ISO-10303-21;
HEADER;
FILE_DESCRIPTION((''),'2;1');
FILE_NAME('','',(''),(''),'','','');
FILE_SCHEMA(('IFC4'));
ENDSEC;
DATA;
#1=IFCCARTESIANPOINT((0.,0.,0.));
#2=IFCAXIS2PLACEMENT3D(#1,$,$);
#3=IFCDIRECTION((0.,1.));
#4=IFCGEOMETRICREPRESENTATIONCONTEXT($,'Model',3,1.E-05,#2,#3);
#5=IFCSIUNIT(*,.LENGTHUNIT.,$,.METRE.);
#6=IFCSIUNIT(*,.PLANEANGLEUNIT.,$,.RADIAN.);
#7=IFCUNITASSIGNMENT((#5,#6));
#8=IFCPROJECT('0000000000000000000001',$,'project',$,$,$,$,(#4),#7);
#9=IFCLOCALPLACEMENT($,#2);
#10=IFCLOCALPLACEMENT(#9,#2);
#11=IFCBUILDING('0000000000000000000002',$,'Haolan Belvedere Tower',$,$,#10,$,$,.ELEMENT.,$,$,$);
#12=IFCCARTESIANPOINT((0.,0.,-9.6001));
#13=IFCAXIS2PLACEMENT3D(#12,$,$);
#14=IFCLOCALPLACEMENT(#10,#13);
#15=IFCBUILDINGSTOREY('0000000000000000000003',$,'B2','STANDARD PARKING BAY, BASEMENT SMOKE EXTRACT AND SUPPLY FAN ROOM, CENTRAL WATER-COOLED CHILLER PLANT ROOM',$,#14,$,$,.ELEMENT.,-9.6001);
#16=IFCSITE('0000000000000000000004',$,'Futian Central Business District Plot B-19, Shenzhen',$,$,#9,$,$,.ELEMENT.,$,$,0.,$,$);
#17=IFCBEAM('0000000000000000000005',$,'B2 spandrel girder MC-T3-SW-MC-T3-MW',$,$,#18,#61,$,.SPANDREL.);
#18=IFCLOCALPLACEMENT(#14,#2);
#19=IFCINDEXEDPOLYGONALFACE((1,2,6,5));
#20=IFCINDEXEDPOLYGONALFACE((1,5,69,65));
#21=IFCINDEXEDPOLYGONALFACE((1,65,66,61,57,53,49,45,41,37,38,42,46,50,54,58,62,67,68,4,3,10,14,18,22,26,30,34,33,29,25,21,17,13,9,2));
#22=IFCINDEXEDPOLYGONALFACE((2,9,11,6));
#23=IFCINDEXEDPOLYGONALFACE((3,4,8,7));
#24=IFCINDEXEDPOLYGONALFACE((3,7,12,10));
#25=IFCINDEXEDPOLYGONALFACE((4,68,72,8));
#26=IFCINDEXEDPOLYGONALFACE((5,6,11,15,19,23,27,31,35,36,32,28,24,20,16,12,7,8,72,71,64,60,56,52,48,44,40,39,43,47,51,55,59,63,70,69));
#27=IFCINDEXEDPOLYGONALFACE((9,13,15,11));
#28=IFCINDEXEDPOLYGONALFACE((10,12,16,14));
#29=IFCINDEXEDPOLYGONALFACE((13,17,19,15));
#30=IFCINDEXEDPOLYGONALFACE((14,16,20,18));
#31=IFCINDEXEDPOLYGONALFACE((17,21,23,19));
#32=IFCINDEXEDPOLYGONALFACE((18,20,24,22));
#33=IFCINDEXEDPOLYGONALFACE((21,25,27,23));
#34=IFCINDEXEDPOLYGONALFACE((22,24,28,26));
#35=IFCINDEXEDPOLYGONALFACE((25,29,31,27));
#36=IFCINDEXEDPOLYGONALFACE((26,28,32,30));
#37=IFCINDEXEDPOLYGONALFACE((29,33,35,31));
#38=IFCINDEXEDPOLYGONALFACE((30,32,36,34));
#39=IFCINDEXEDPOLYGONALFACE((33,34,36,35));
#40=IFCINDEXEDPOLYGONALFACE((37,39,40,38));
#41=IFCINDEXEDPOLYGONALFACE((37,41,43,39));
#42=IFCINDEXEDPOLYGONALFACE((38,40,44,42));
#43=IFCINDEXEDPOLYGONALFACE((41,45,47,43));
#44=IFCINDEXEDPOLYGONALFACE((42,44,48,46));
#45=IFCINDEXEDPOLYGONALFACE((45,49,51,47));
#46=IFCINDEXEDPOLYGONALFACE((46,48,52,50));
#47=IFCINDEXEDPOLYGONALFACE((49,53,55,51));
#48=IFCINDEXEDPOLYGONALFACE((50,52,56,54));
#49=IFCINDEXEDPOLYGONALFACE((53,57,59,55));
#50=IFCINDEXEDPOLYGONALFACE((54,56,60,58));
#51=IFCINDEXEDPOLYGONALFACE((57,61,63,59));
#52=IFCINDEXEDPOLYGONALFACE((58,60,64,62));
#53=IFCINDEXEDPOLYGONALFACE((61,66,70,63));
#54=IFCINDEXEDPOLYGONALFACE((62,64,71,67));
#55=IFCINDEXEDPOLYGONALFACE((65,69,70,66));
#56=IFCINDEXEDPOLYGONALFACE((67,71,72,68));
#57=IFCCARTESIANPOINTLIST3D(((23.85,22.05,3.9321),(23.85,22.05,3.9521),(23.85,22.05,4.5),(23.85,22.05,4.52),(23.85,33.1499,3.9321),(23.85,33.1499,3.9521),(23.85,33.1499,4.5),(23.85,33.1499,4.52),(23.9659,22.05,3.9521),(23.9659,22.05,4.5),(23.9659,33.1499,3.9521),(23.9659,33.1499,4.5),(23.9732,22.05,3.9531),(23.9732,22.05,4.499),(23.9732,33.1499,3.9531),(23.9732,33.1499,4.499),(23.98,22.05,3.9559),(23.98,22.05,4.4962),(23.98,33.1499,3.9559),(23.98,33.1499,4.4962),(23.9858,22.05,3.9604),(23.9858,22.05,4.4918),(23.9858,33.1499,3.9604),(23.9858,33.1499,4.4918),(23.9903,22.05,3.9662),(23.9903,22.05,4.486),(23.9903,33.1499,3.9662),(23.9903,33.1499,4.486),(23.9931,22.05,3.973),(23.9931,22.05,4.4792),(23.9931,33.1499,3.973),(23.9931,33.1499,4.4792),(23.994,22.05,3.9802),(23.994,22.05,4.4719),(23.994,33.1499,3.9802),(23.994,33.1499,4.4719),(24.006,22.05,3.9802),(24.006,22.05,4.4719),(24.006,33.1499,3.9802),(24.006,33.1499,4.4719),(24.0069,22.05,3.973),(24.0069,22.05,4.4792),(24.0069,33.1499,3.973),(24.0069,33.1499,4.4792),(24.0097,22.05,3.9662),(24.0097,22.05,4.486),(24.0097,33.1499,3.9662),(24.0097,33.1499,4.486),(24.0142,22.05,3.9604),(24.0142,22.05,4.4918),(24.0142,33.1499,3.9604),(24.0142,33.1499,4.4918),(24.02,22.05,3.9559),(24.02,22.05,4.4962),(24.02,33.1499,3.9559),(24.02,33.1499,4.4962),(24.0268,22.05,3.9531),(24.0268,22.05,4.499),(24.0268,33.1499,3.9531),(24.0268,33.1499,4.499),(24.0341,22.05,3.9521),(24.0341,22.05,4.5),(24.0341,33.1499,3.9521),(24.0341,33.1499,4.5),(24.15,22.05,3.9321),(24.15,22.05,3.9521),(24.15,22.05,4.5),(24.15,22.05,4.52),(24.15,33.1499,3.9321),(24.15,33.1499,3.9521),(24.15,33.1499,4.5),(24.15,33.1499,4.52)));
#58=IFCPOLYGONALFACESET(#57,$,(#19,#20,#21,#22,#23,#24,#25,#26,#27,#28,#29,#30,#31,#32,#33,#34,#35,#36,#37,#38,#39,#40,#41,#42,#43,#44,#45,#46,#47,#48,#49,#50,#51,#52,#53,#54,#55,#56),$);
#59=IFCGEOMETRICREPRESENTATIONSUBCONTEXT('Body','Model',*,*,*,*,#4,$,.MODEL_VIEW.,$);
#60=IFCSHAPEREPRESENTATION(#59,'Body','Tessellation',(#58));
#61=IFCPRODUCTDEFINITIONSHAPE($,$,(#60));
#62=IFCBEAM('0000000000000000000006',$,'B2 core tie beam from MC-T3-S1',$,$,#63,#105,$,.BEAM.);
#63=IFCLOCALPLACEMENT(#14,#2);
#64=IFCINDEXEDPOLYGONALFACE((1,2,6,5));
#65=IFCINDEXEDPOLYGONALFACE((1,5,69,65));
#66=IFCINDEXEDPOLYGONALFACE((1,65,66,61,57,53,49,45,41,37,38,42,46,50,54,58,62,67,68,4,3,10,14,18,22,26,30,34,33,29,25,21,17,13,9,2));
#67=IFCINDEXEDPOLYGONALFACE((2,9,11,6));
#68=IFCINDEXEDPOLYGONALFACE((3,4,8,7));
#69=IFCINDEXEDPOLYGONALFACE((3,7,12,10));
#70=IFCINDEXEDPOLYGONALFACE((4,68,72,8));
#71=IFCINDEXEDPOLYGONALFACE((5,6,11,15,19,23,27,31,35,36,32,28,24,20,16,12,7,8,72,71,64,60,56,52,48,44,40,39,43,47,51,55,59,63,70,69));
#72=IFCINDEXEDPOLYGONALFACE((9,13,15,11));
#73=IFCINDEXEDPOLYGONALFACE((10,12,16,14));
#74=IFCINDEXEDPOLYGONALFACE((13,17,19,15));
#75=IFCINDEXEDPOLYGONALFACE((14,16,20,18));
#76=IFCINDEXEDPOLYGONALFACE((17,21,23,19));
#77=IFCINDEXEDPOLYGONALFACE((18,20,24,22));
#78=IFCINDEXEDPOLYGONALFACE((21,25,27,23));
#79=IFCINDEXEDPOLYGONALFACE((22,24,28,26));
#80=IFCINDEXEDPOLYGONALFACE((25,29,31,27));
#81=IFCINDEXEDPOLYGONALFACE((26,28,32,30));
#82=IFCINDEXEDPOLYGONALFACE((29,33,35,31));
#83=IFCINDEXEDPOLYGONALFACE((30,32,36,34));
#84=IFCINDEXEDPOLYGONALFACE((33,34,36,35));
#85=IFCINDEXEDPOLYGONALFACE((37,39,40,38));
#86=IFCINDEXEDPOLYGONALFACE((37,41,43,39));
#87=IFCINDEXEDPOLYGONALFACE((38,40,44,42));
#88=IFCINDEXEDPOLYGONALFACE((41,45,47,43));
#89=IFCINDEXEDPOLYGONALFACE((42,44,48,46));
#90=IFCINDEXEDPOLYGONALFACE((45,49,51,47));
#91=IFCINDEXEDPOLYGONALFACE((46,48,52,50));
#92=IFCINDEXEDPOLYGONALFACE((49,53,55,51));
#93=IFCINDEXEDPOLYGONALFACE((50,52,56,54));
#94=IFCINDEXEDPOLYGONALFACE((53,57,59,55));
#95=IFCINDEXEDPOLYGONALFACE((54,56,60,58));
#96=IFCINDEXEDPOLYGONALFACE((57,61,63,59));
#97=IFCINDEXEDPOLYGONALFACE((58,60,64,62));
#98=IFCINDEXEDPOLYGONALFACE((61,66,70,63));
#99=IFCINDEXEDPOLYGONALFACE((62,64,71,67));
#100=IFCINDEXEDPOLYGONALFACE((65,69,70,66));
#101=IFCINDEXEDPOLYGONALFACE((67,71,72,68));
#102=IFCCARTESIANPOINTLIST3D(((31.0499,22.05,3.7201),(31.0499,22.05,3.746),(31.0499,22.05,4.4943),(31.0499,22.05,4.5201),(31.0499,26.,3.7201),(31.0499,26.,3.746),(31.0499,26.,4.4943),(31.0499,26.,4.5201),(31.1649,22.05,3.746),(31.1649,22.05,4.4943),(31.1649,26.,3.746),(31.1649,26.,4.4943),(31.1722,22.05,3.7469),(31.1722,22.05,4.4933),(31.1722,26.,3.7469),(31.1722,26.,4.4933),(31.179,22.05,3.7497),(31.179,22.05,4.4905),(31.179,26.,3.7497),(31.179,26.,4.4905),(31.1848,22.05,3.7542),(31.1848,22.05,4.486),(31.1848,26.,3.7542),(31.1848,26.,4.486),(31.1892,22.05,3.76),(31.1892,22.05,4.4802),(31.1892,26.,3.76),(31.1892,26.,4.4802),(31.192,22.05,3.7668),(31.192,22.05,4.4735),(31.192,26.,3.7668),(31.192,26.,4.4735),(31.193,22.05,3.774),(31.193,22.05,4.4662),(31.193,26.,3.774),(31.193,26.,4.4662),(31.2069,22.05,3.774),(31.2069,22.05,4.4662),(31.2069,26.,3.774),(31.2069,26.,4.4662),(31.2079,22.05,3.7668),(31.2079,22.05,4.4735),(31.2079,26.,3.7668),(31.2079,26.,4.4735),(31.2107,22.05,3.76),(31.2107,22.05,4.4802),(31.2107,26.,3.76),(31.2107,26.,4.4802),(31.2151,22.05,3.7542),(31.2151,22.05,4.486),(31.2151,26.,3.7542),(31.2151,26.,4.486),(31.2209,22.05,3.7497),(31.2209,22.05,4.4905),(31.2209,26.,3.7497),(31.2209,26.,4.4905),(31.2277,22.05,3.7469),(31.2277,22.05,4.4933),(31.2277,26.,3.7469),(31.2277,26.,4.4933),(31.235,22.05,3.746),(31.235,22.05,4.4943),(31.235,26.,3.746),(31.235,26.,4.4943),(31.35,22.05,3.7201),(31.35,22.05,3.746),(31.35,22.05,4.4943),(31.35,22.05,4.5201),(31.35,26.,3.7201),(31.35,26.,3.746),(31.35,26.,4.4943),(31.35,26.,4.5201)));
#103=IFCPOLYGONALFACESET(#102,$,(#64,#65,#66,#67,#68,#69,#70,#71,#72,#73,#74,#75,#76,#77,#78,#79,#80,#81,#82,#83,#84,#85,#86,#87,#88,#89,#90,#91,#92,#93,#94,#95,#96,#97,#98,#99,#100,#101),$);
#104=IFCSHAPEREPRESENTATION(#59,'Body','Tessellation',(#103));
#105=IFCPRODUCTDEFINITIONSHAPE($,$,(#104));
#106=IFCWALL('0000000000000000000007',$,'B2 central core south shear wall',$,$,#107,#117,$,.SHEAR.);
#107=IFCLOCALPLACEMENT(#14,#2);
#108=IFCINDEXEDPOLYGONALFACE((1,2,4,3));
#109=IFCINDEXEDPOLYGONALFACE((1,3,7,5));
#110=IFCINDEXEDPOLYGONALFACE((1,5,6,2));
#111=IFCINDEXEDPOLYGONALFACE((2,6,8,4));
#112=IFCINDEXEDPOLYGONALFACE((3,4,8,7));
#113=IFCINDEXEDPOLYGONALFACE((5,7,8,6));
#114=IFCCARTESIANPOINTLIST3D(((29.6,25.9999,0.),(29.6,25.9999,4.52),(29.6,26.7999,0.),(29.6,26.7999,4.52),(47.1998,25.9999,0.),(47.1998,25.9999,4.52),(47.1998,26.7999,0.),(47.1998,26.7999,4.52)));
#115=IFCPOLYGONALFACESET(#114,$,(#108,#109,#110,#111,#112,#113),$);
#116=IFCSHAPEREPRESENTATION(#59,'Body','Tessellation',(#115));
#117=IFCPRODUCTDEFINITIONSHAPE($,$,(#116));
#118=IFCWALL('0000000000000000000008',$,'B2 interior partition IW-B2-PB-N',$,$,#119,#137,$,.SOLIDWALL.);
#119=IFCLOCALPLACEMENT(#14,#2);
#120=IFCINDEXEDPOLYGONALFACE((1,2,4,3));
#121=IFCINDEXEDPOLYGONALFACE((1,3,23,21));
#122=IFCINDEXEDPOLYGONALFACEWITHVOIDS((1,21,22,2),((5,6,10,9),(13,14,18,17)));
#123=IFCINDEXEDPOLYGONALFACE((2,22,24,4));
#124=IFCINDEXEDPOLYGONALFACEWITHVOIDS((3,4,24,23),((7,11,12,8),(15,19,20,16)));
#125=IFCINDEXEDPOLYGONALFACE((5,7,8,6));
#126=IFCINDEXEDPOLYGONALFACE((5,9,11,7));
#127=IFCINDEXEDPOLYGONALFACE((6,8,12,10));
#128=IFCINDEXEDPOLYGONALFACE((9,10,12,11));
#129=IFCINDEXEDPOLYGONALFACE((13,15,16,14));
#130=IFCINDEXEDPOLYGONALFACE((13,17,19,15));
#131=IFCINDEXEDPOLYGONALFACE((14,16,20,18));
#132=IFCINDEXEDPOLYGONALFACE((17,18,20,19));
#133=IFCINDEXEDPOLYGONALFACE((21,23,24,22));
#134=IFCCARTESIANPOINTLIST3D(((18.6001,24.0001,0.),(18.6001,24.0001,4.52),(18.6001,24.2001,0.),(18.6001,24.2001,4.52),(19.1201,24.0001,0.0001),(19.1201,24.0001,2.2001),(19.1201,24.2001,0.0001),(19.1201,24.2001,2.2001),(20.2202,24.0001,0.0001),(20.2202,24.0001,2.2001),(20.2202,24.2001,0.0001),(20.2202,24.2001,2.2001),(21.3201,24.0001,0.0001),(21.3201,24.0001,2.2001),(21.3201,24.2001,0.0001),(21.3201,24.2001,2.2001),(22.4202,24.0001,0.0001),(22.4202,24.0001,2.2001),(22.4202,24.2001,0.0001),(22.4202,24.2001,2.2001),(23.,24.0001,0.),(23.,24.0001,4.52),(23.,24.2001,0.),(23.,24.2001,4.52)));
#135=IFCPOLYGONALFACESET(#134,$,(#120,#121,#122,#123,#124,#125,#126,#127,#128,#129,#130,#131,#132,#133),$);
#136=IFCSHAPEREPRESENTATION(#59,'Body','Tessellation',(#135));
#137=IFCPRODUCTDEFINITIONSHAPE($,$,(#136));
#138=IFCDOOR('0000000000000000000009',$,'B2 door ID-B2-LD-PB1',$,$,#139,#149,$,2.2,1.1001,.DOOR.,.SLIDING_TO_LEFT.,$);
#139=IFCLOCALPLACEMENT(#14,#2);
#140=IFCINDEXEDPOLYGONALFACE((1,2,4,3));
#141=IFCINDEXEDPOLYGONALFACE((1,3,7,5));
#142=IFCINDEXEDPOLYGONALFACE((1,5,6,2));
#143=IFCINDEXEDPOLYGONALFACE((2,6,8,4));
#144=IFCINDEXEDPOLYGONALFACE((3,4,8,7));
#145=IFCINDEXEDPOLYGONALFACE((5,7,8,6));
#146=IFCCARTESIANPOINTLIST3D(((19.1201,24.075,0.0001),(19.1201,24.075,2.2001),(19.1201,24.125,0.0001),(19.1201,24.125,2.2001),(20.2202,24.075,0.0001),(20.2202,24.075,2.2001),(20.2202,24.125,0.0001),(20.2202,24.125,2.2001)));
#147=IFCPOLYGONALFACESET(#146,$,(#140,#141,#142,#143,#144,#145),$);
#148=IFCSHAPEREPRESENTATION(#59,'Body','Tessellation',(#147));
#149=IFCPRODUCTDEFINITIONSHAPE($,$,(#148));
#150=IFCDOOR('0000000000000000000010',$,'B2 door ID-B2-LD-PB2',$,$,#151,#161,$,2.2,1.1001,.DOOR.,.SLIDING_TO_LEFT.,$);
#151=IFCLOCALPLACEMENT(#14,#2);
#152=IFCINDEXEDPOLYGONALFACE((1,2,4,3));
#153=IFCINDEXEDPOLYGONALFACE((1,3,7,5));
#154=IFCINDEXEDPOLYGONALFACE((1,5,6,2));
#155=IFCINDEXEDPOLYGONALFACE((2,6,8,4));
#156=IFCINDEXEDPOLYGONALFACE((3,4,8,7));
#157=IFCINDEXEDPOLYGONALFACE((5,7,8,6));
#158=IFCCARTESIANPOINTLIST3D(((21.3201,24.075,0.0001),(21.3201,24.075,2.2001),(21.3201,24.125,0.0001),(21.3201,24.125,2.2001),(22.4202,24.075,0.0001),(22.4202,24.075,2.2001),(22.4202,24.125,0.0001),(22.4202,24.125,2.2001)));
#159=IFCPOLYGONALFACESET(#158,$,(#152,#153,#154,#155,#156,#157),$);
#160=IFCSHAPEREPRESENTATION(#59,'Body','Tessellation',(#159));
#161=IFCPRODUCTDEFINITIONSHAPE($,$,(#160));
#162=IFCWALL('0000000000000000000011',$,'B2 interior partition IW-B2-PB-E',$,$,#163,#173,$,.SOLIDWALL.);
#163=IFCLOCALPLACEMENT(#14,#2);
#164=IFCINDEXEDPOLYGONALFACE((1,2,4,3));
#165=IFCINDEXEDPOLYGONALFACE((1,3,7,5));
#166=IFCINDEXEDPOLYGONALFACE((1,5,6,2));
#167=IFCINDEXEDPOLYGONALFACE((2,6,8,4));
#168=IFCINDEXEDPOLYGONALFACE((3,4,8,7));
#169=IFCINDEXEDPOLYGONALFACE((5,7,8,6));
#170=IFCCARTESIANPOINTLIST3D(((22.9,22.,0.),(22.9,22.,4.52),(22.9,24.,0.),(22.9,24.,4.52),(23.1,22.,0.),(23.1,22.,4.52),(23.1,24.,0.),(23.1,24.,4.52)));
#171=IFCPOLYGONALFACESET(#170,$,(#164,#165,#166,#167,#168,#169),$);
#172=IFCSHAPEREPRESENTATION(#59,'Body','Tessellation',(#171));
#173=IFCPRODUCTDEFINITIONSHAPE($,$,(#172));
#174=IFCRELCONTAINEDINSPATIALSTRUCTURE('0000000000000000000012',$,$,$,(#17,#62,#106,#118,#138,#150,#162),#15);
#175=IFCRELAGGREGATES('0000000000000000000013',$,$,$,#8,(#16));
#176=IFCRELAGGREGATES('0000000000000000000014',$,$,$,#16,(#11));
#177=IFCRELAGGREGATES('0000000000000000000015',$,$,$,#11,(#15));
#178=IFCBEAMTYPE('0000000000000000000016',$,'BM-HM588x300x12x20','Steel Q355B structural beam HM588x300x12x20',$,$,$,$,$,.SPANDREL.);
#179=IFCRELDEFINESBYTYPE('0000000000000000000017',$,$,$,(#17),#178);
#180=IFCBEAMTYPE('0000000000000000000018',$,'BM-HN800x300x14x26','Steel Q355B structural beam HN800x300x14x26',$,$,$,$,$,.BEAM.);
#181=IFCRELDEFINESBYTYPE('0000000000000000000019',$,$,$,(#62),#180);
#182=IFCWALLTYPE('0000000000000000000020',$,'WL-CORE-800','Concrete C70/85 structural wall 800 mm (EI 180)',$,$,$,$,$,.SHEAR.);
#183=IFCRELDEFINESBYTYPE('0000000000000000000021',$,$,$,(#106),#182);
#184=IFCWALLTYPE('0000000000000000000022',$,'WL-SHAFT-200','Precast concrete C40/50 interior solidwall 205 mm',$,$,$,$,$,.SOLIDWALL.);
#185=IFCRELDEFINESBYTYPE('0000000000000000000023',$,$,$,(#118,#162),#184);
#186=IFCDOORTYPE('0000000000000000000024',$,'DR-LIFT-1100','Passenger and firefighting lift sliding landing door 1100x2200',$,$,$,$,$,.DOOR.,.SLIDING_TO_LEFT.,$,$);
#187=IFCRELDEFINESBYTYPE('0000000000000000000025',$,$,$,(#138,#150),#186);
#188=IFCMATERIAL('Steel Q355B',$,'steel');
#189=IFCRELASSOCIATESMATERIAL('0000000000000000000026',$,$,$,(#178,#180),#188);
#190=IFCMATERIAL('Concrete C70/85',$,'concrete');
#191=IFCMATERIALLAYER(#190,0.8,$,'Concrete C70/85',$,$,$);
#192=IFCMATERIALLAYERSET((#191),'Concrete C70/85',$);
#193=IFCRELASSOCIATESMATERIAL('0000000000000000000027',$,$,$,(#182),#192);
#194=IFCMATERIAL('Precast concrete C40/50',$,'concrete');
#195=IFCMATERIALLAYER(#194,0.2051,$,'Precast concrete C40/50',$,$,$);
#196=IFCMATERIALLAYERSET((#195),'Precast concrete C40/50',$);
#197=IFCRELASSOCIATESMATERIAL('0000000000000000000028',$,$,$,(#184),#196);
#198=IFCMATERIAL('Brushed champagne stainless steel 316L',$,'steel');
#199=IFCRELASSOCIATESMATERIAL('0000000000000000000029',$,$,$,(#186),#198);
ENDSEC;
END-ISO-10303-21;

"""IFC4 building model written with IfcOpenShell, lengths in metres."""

from ifc_helpers import new_model, si_unit, direction, frame, frame_2d, origin, origin_2d, place, context, subcontext, project, spatial, rectangle, i_section, extrude, material, layer, layer_set, material_profile, profile_set, type_object, element, fill, save


model = new_model("IFC4")

# Units and contexts
model_context = context("Model", 3, precision=1e-05, world=origin(), true_north=direction((0.0, 1.0)))
body_context = subcontext(model_context, "Body", "Model", "MODEL_VIEW")
ifc_project = project(units=[si_unit("LENGTHUNIT", "METRE"), si_unit("PLANEANGLEUNIT", "RADIAN")], contexts=[model_context])

# Site, building, storey
site_placement = place(None, origin())
site = spatial("IfcSite", under=ifc_project, at=site_placement, Name="Futian Central Business District Plot B-19, Shenzhen", CompositionType="ELEMENT", RefElevation=0.0)
building_placement = place(site_placement, origin())
building = spatial("IfcBuilding", under=site, at=building_placement, Name="Haolan Belvedere Tower", CompositionType="ELEMENT")
storey_placement = place(building_placement, frame((0.0, 0.0, -9.6001)))
storey = spatial("IfcBuildingStorey", under=building, at=storey_placement, Name="B2", Description="STANDARD PARKING BAY, BASEMENT SMOKE EXTRACT AND SUPPLY FAN ROOM, CENTRAL WATER-COOLED CHILLER PLANT ROOM", CompositionType="ELEMENT", Elevation=-9.6001)

# Beams
ifc_material_1 = material(Name="Steel Q355B", Category="steel")
ifc_material_profile_1 = material_profile(ifc_material_1, i_section(OverallWidth=0.3, OverallDepth=0.5879, WebThickness=0.012, FlangeThickness=0.02, FilletRadius=0.0281, at=origin_2d()), Name="Steel Q355B")
ifc_profile_set_1 = profile_set([ifc_material_profile_1], Name="Steel Q355B")
beam_type_1 = type_object("IfcBeamType", Name="BM-HM588x300x12x20", Description="Steel Q355B structural beam HM588x300x12x20", PredefinedType="SPANDREL", material=ifc_profile_set_1)
beam_1_placement = place(storey_placement, frame((24.0, 22.05, 4.2261), z_axis=(0.0, 1.0, 0.0), x_axis=(-1.0, 0.0, 0.0)))
element("IfcBeam", 1, at=beam_1_placement, inside=storey, type_object=beam_type_1, Name="B2 spandrel girder MC-T3-SW-MC-T3-MW", PredefinedType="SPANDREL", context=body_context, shape_type="SweptSolid", body=[
    extrude(i_section(OverallWidth=0.3, OverallDepth=0.5879, WebThickness=0.012, FlangeThickness=0.02, FilletRadius=0.0281, at=origin_2d()), origin(), (0.0, 0.0, 1.0), 11.0999),
])
ifc_material_profile_2 = material_profile(ifc_material_1, i_section(OverallWidth=0.3, OverallDepth=0.8, WebThickness=0.0139, FlangeThickness=0.0259, FilletRadius=0.0281, at=origin_2d()), Name="Steel Q355B")
ifc_profile_set_2 = profile_set([ifc_material_profile_2], Name="Steel Q355B")
beam_type_2 = type_object("IfcBeamType", Name="BM-HN800x300x14x26", Description="Steel Q355B structural beam HN800x300x14x26", PredefinedType="BEAM", material=ifc_profile_set_2)
beam_2_placement = place(storey_placement, frame((31.2, 22.05, 4.1201), z_axis=(0.0, 1.0, 0.0), x_axis=(-1.0, 0.0, 0.0)))
element("IfcBeam", 2, at=beam_2_placement, inside=storey, type_object=beam_type_2, Name="B2 core tie beam from MC-T3-S1", PredefinedType="BEAM", context=body_context, shape_type="SweptSolid", body=[
    extrude(i_section(OverallWidth=0.3, OverallDepth=0.8, WebThickness=0.0139, FlangeThickness=0.0259, FilletRadius=0.0281, at=origin_2d()), origin(), (0.0, 0.0, 1.0), 3.95),
])

# Wall
ifc_material_2 = material(Name="Concrete C70/85", Category="concrete")
ifc_layer_1 = layer(ifc_material_2, 0.8, Name="Concrete C70/85")
ifc_layer_set_1 = layer_set([ifc_layer_1], Name="Concrete C70/85")
wall_type_1 = type_object("IfcWallType", Name="WL-CORE-800", Description="Concrete C70/85 structural wall 800 mm (EI 180)", PredefinedType="SHEAR", material=ifc_layer_set_1)
wall_1_placement = place(storey_placement, frame((29.6001, 26.3999, 0.0), z_axis=(0.0, 0.0, 1.0), x_axis=(1.0, 0.0, 0.0)))
element("IfcWall", 3, at=wall_1_placement, inside=storey, type_object=wall_type_1, Name="B2 central core south shear wall", PredefinedType="SHEAR", context=body_context, shape_type="SweptSolid", body=[
    extrude(rectangle(XDim=17.5999, YDim=0.8, at=frame_2d((8.7998, 0.0))), origin(), (0.0, 0.0, 1.0), 4.52),
])

# Wall, openings, doors
ifc_material_3 = material(Name="Precast concrete C40/50", Category="concrete")
ifc_layer_2 = layer(ifc_material_3, 0.2051, Name="Precast concrete C40/50")
ifc_layer_set_2 = layer_set([ifc_layer_2], Name="Precast concrete C40/50")
wall_type_2 = type_object("IfcWallType", Name="WL-SHAFT-200", Description="Precast concrete C40/50 interior solidwall 205 mm", PredefinedType="SOLIDWALL", material=ifc_layer_set_2)
wall_2_placement = place(storey_placement, frame((18.6001, 24.1001, 0.0), z_axis=(0.0, 0.0, 1.0), x_axis=(1.0, 0.0, 0.0)))
wall_2 = element("IfcWall", 4, at=wall_2_placement, inside=storey, type_object=wall_type_2, Name="B2 interior partition IW-B2-PB-N", PredefinedType="SOLIDWALL", context=body_context, shape_type="SweptSolid", body=[
    extrude(rectangle(XDim=4.3999, YDim=0.2, at=frame_2d((2.2, 0.0))), origin(), (0.0, 0.0, 1.0), 4.52),
])
opening_1_placement = place(wall_2_placement, frame((0.52, 0.0, 0.0)))
opening_1 = element("IfcOpeningElement", 5, at=opening_1_placement, cuts=wall_2, PredefinedType="OPENING", context=body_context, shape_type="SweptSolid", body=[
    extrude(rectangle(XDim=1.1001, YDim=2.2, at=frame_2d((0.55, 1.1001))), frame((0.0, 0.1099, 0.0), z_axis=(0.0, -1.0, 0.0), x_axis=(1.0, 0.0, 0.0)), (0.0, 0.0, 1.0), 0.22),
])
opening_2_placement = place(wall_2_placement, frame((2.72, 0.0, 0.0)))
opening_2 = element("IfcOpeningElement", 6, at=opening_2_placement, cuts=wall_2, PredefinedType="OPENING", context=body_context, shape_type="SweptSolid", body=[
    extrude(rectangle(XDim=1.1001, YDim=2.2, at=frame_2d((0.55, 1.1001))), frame((0.0, 0.1099, 0.0), z_axis=(0.0, -1.0, 0.0), x_axis=(1.0, 0.0, 0.0)), (0.0, 0.0, 1.0), 0.22),
])
ifc_material_4 = material(Name="Brushed champagne stainless steel 316L", Category="steel")
door_type = type_object("IfcDoorType", Name="DR-LIFT-1100", Description="Passenger and firefighting lift sliding landing door 1100x2200", OperationType="SLIDING_TO_LEFT", PredefinedType="DOOR", material=ifc_material_4)
door_1_placement = place(opening_1_placement, origin())
door_1 = element("IfcDoor", 7, at=door_1_placement, inside=storey, type_object=door_type, Name="B2 door ID-B2-LD-PB1", OperationType="SLIDING_TO_LEFT", OverallHeight=2.2, OverallWidth=1.1001, PredefinedType="DOOR", context=body_context, shape_type="SweptSolid", body=[
    extrude(rectangle(XDim=1.1001, YDim=2.2, at=frame_2d((0.55, 1.1001))), frame((0.0, 0.0249, 0.0), z_axis=(0.0, -1.0, 0.0), x_axis=(1.0, 0.0, 0.0)), (0.0, 0.0, 1.0), 0.05),
])
fill(opening_1, door_1)
door_2_placement = place(opening_2_placement, origin())
door_2 = element("IfcDoor", 8, at=door_2_placement, inside=storey, type_object=door_type, Name="B2 door ID-B2-LD-PB2", OperationType="SLIDING_TO_LEFT", OverallHeight=2.2, OverallWidth=1.1001, PredefinedType="DOOR", context=body_context, shape_type="SweptSolid", body=[
    extrude(rectangle(XDim=1.1001, YDim=2.2, at=frame_2d((0.55, 1.1001))), frame((0.0, 0.0249, 0.0), z_axis=(0.0, -1.0, 0.0), x_axis=(1.0, 0.0, 0.0)), (0.0, 0.0, 1.0), 0.05),
])
fill(opening_2, door_2)

# Wall
wall_3_placement = place(storey_placement, frame((23.0, 22.0, 0.0), z_axis=(0.0, 0.0, 1.0), x_axis=(0.0, 1.0, 0.0)))
element("IfcWall", 9, at=wall_3_placement, inside=storey, type_object=wall_type_2, Name="B2 interior partition IW-B2-PB-E", PredefinedType="SOLIDWALL", context=body_context, shape_type="SweptSolid", body=[
    extrude(rectangle(XDim=2.0, YDim=0.2, at=frame_2d((1.0, 0.0))), origin(), (0.0, 0.0, 1.0), 4.52),
])

save(model, "model.ifc")
